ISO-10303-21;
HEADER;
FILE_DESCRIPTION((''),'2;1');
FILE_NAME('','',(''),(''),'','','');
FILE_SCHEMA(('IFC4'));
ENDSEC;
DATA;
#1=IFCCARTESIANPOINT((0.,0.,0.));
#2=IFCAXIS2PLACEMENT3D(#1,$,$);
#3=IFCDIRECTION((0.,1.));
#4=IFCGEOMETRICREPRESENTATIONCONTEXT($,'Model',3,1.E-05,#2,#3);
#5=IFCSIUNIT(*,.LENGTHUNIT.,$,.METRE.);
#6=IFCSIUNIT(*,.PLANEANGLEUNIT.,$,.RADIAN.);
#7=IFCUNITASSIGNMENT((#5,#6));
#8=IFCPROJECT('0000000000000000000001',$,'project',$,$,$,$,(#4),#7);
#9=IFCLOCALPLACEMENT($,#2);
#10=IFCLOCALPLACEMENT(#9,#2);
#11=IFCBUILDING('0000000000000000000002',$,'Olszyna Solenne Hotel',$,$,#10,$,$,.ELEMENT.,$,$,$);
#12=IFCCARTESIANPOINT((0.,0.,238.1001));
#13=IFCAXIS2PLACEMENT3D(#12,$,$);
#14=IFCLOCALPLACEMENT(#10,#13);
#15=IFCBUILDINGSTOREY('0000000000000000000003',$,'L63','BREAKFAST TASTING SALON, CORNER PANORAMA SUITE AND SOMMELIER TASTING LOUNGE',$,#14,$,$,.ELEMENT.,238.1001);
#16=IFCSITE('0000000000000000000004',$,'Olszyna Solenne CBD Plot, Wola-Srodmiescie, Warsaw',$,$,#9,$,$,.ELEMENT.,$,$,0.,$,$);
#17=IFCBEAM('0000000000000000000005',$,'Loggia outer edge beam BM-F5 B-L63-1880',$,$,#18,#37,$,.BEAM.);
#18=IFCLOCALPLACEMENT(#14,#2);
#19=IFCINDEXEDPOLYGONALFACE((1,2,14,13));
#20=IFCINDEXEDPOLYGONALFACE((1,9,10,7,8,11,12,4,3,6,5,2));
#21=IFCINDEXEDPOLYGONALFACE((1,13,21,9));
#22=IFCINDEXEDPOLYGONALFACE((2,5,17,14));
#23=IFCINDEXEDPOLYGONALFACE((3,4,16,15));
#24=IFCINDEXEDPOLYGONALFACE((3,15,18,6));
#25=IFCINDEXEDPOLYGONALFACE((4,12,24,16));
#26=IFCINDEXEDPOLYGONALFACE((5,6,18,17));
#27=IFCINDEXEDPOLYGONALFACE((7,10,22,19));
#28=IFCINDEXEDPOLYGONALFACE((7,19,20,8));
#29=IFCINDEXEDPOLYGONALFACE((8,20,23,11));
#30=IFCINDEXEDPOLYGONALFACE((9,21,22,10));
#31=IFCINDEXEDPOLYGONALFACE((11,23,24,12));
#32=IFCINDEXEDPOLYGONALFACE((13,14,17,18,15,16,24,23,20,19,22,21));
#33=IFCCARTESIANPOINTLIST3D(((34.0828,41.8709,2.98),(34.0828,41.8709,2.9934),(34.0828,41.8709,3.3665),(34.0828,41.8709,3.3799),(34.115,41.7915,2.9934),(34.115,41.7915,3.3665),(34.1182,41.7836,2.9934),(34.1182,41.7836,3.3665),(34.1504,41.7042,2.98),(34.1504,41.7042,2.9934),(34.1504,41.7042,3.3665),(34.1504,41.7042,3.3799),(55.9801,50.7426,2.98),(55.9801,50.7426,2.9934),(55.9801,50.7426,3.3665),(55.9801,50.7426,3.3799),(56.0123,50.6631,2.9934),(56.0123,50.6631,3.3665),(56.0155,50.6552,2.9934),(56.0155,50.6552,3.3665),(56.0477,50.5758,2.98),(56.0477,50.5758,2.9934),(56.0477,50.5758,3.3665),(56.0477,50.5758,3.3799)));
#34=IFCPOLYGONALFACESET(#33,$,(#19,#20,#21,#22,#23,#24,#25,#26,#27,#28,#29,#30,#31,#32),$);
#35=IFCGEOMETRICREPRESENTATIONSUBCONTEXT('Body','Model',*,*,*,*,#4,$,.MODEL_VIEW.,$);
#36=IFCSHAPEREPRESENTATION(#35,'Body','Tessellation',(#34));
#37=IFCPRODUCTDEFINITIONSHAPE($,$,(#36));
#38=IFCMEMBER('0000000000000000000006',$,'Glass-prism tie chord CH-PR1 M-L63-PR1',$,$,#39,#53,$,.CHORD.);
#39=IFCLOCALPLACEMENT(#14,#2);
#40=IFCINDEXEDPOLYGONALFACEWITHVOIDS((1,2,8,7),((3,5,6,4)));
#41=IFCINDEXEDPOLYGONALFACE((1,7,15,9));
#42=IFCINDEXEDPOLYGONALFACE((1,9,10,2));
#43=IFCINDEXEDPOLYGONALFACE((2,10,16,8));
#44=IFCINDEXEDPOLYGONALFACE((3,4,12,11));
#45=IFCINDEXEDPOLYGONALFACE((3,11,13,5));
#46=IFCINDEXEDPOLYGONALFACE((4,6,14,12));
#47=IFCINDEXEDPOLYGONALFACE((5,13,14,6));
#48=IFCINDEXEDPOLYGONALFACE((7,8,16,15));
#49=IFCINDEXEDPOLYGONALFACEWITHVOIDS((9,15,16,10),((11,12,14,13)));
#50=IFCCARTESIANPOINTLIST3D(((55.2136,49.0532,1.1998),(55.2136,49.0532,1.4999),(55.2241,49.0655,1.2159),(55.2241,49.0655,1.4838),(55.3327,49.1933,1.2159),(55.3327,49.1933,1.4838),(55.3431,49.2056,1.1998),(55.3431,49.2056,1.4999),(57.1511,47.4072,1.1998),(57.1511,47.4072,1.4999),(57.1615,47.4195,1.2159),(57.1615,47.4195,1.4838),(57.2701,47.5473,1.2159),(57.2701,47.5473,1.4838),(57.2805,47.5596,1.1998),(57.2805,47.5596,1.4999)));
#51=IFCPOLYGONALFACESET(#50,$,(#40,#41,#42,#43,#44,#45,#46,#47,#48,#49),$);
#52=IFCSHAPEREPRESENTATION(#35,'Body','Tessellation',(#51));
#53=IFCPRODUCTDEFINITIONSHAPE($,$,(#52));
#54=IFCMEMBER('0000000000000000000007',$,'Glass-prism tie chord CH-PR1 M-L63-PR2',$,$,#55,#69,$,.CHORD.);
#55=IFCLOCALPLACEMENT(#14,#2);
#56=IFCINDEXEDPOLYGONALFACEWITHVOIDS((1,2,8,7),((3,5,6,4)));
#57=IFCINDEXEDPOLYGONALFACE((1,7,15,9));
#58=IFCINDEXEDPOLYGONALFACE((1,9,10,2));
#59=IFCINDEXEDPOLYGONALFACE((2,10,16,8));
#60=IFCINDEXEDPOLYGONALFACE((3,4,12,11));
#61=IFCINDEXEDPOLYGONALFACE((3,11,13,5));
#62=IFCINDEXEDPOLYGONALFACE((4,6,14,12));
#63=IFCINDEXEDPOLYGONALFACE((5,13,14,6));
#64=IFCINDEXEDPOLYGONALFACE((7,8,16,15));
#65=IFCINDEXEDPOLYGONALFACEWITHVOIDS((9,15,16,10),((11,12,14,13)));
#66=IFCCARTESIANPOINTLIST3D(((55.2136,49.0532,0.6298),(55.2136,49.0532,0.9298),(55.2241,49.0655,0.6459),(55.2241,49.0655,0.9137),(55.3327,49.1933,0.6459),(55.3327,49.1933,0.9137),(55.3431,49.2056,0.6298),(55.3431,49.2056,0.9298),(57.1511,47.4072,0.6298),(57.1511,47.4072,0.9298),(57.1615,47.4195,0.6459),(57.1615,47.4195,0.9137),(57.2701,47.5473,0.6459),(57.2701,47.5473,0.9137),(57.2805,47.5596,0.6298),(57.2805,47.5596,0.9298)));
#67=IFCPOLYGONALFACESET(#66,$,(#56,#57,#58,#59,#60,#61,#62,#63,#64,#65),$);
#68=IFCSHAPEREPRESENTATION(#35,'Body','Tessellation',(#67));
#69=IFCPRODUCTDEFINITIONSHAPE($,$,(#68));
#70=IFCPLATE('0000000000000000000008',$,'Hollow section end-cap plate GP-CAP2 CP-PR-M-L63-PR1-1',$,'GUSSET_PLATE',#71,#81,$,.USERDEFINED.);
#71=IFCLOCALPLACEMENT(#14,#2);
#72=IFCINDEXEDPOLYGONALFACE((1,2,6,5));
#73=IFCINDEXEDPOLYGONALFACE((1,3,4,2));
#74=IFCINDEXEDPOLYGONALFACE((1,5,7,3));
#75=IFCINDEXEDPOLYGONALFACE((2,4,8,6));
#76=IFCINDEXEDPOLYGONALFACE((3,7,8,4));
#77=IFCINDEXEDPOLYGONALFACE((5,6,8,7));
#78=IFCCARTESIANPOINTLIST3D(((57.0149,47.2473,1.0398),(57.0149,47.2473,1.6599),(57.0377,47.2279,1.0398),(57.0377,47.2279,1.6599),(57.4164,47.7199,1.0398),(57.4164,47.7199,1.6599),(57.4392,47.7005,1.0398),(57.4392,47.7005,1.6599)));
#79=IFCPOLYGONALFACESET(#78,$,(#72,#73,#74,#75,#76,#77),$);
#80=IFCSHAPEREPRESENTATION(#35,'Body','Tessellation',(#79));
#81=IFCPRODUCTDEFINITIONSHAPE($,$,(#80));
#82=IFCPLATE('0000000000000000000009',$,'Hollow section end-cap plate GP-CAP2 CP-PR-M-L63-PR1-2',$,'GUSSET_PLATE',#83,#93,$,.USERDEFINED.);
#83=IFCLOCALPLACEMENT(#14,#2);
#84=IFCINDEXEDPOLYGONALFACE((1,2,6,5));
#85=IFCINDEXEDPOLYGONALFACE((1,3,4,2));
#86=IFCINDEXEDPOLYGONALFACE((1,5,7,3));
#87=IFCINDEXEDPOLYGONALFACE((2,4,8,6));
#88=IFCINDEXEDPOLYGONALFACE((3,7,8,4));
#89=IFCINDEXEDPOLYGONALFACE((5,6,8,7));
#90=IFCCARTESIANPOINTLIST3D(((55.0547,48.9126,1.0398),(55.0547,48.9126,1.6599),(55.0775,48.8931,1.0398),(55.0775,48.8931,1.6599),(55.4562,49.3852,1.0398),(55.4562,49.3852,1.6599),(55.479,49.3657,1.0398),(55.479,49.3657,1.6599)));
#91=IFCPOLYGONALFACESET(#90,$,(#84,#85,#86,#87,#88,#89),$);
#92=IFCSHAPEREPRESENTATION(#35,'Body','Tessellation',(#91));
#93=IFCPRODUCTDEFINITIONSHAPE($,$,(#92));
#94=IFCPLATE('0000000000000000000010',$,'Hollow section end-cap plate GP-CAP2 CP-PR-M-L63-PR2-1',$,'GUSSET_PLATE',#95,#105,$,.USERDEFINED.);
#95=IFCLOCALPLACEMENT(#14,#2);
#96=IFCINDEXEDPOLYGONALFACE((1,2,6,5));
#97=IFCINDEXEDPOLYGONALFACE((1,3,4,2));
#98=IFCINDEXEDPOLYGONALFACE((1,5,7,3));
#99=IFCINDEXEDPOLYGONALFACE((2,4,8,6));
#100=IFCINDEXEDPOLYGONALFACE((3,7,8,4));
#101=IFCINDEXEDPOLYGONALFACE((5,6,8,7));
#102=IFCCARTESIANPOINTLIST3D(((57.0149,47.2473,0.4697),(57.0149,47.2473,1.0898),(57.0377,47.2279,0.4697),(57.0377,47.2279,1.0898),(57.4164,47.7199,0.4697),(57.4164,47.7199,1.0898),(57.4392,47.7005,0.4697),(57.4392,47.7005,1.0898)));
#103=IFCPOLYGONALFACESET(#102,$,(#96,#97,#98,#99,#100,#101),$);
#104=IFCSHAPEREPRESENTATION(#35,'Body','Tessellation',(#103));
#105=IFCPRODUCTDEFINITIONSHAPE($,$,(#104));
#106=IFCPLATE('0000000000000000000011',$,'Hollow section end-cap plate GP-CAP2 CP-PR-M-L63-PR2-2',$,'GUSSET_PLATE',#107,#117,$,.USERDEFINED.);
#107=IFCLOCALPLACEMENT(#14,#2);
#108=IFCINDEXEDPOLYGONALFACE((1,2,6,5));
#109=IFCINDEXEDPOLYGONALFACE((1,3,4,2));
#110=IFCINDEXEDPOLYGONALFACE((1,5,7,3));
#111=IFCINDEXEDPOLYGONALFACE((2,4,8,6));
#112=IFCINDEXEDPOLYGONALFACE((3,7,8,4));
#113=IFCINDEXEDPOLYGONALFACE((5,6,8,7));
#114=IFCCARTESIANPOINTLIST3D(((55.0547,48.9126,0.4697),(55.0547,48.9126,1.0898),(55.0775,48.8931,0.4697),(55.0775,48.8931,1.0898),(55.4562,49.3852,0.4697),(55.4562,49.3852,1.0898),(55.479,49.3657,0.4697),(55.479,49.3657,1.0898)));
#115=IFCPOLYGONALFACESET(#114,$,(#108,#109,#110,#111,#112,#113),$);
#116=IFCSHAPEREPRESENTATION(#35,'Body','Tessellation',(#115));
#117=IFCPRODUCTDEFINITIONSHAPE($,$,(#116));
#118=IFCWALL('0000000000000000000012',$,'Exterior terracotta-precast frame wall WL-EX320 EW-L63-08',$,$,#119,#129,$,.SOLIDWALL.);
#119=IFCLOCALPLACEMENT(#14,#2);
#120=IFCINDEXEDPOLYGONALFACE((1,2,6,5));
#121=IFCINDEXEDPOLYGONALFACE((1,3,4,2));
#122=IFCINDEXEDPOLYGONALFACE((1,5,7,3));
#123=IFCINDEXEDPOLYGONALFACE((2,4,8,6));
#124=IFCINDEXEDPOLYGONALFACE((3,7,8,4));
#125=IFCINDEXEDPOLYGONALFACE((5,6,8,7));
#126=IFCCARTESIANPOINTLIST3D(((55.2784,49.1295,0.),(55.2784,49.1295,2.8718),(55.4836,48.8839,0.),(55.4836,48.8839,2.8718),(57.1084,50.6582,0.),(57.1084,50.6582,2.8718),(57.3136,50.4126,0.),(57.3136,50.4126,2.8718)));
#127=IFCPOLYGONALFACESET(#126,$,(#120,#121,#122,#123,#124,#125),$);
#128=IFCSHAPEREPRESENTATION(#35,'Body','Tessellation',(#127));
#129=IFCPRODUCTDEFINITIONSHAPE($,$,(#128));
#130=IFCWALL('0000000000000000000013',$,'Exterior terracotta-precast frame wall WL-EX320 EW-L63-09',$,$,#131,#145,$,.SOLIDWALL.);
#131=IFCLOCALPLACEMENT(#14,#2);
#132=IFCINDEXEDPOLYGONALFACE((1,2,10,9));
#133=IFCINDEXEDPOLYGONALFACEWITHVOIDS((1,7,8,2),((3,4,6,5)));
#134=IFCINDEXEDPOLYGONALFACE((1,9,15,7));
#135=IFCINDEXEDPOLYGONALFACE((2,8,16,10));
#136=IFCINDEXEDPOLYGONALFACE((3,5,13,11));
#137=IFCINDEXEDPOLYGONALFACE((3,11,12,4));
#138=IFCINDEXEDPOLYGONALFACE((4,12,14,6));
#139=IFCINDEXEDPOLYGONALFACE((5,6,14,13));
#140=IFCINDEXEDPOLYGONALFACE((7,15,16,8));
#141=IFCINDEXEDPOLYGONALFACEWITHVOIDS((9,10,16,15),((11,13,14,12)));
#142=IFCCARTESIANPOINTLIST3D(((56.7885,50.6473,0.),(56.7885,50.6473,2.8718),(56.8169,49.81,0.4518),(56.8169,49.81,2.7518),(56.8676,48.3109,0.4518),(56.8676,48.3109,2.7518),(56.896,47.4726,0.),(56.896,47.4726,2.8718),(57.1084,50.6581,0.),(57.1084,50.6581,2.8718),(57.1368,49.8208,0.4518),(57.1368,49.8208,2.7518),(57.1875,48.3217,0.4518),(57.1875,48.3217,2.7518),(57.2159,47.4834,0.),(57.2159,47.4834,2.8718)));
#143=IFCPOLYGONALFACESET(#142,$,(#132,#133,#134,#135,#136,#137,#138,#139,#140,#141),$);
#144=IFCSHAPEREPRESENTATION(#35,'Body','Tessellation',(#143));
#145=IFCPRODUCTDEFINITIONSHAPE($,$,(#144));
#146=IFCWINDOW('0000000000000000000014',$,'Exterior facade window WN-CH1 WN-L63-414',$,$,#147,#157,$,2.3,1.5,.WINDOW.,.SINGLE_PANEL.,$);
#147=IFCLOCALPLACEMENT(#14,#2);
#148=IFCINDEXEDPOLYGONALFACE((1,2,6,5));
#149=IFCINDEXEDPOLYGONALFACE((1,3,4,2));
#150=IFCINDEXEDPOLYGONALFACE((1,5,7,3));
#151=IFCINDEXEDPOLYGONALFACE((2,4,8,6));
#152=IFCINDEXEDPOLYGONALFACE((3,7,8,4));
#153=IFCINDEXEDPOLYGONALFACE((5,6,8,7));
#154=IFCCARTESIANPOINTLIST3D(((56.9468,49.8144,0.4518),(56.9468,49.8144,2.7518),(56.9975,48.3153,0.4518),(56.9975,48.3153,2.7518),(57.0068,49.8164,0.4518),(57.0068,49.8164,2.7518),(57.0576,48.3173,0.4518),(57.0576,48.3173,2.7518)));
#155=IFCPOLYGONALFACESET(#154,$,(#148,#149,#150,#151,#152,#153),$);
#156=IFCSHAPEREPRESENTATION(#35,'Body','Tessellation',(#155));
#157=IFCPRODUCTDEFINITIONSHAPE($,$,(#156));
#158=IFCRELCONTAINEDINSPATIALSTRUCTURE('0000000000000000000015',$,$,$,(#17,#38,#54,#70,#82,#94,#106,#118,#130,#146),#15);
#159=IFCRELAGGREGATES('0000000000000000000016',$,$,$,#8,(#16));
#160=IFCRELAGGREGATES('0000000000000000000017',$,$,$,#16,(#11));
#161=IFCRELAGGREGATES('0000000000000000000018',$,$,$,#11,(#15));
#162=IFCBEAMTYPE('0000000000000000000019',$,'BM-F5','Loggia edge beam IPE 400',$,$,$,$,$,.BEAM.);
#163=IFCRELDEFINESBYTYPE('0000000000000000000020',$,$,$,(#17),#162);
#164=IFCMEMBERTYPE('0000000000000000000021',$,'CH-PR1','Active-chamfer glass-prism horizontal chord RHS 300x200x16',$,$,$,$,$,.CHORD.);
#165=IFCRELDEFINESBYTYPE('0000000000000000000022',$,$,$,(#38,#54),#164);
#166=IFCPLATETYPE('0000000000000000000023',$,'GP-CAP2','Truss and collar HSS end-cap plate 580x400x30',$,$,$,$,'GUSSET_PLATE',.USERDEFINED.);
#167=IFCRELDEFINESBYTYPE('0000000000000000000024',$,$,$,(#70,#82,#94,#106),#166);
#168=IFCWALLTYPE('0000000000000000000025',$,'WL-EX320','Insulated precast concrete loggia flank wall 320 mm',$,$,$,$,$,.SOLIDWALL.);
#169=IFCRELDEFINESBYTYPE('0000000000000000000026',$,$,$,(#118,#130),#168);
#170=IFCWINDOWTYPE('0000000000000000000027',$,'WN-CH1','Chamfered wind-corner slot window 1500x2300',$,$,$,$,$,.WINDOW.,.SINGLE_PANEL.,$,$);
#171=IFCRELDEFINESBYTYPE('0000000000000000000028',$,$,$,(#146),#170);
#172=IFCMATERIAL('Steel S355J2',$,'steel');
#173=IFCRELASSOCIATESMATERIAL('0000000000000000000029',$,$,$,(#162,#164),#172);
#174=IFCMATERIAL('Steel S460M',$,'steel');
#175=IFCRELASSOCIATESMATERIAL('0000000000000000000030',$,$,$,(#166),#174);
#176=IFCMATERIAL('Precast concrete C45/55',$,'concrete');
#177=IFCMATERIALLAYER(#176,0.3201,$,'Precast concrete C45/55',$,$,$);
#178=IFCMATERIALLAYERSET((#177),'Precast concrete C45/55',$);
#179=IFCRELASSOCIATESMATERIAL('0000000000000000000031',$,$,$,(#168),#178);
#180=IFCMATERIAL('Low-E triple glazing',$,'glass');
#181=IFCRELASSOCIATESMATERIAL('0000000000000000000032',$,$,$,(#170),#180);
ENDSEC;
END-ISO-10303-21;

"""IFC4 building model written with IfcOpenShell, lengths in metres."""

from ifc_helpers import new_model, si_unit, direction, frame, frame_2d, origin, origin_2d, place, context, subcontext, project, spatial, rectangle, hollow_rectangle, i_section, extrude, source, transform, mapped, material, layer, layer_set, material_profile, profile_set, type_object, type_shapes, element, fill, save


model = new_model("IFC4")

# Units and contexts
model_context = context("Model", 3, precision=1e-05, world=origin(), true_north=direction((0.0, 1.0)))
body_context = subcontext(model_context, "Body", "Model", "MODEL_VIEW")
ifc_project = project(units=[si_unit("LENGTHUNIT", "METRE"), si_unit("PLANEANGLEUNIT", "RADIAN")], contexts=[model_context])

# Site, building, storey
site_placement = place(None, origin())
site = spatial("IfcSite", under=ifc_project, at=site_placement, Name="Olszyna Solenne CBD Plot, Wola-Srodmiescie, Warsaw", CompositionType="ELEMENT", RefElevation=0.0)
building_placement = place(site_placement, origin())
building = spatial("IfcBuilding", under=site, at=building_placement, Name="Olszyna Solenne Hotel", CompositionType="ELEMENT")
storey_placement = place(building_placement, frame((0.0, 0.0, 238.1001)))
storey = spatial("IfcBuildingStorey", under=building, at=storey_placement, Name="L63", Description="BREAKFAST TASTING SALON, CORNER PANORAMA SUITE AND SOMMELIER TASTING LOUNGE", CompositionType="ELEMENT", Elevation=238.1001)

# Shared definitions
ifc_material_1 = material(Name="Steel S460M", Category="steel")

# Beam
ifc_material_2 = material(Name="Steel S355J2", Category="steel")
ifc_material_profile_1 = material_profile(ifc_material_2, i_section(OverallWidth=0.1799, OverallDepth=0.3999, WebThickness=0.0085, FlangeThickness=0.0134, at=origin_2d()), Name="IPE 400", Category="load-bearing")
ifc_profile_set_1 = profile_set([ifc_material_profile_1], Name="Steel S355J2")
beam_type_1 = type_object("IfcBeamType", Name="BM-F5", Description="Loggia edge beam IPE 400", PredefinedType="BEAM", material=ifc_profile_set_1)
shared_shape_1 = source(origin(), body_context, "Body", "SweptSolid", [
    extrude(i_section(OverallWidth=0.1799, OverallDepth=0.3999, WebThickness=0.0085, FlangeThickness=0.0134, at=origin_2d()), origin(), (0.0, 0.0, 1.0), 23.6262),
])
beam_1_placement = place(storey_placement, frame((56.0139, 50.6592, 3.1799), z_axis=(-0.926823, -0.375499, 0.0), x_axis=(0.375499, -0.926823, 0.0)))
element("IfcBeam", 1, at=beam_1_placement, inside=storey, type_object=beam_type_1, Name="Loggia outer edge beam BM-F5 B-L63-1880", PredefinedType="BEAM", context=body_context, shape_type="MappedRepresentation", body=[
    mapped(shared_shape_1, transform((0.0, 0.0, 0.0), x_axis=(1.0, 0.0, 0.0), y_axis=(0.0, 1.0, 0.0), z_axis=(0.0, 0.0, 1.0), scale=1.0)),
])

# Members
ifc_material_profile_2 = material_profile(ifc_material_2, hollow_rectangle(XDim=0.2, YDim=0.3, WallThickness=0.0161, at=origin_2d()), Name="RHS 300x200x16", Category="load-bearing")
ifc_profile_set_2 = profile_set([ifc_material_profile_2], Name="Steel S355J2")
member_type = type_object("IfcMemberType", Name="CH-PR1", Description="Active-chamfer glass-prism horizontal chord RHS 300x200x16", PredefinedType="CHORD", material=ifc_profile_set_2)
shared_shape_2 = source(origin(), body_context, "Body", "SweptSolid", [
    extrude(hollow_rectangle(XDim=0.2, YDim=0.3, WallThickness=0.0161, at=origin_2d()), origin(), (0.0, 0.0, 1.0), 2.5422),
])
for number, where, z_axis, x_axis, name in (
    (2, (57.2158, 47.4834, 1.3499), (-0.76211, 0.647448, 0.0), (-0.647448, -0.76211, 0.0), "Glass-prism tie chord CH-PR1 M-L63-PR1"),
    (3, (57.2158, 47.4834, 0.7798), (-0.76211, 0.647448, 0.0), (-0.647448, -0.76211, 0.0), "Glass-prism tie chord CH-PR1 M-L63-PR2"),
):
    element("IfcMember", number, at=place(storey_placement, frame(where, z_axis=z_axis, x_axis=x_axis)), inside=storey, type_object=member_type, Name=name, PredefinedType="CHORD", context=body_context, shape_type="MappedRepresentation", body=[
        mapped(shared_shape_2, transform((0.0, 0.0, 0.0), x_axis=(1.0, 0.0, 0.0), y_axis=(0.0, 1.0, 0.0), z_axis=(0.0, 0.0, 1.0), scale=1.0)),
    ])

# Plates
plate_type = type_object("IfcPlateType", Name="GP-CAP2", Description="Truss and collar HSS end-cap plate 580x400x30", ElementType="GUSSET_PLATE", PredefinedType="USERDEFINED", material=ifc_material_1)
shared_shape_3 = source(origin(), body_context, "Body", "SweptSolid", [
    extrude(rectangle(XDim=0.03, YDim=0.6201, at=origin_2d()), origin(), (0.0, 0.0, 1.0), 0.6201),
])
for number, where, z_axis, x_axis, name in (
    (4, (57.2271, 47.4739, 1.0398), (0.0, 0.0, 1.0), (-0.762104, 0.647455, 0.0), "Hollow section end-cap plate GP-CAP2 CP-PR-M-L63-PR1-1"),
    (5, (55.2668, 49.1392, 1.0398), (0.0, 0.0, 1.0), (-0.762104, 0.647455, 0.0), "Hollow section end-cap plate GP-CAP2 CP-PR-M-L63-PR1-2"),
    (6, (57.2271, 47.4739, 0.4697), (0.0, 0.0, 1.0), (-0.762104, 0.647455, 0.0), "Hollow section end-cap plate GP-CAP2 CP-PR-M-L63-PR2-1"),
    (7, (55.2668, 49.1392, 0.4697), (0.0, 0.0, 1.0), (-0.762104, 0.647455, 0.0), "Hollow section end-cap plate GP-CAP2 CP-PR-M-L63-PR2-2"),
):
    element("IfcPlate", number, at=place(storey_placement, frame(where, z_axis=z_axis, x_axis=x_axis)), inside=storey, type_object=plate_type, Name=name, ObjectType="GUSSET_PLATE", PredefinedType="USERDEFINED", context=body_context, shape_type="MappedRepresentation", body=[
        mapped(shared_shape_3, transform((0.0, 0.0, 0.0), x_axis=(1.0, 0.0, 0.0), y_axis=(0.0, 1.0, 0.0), z_axis=(0.0, 0.0, 1.0), scale=1.0)),
    ])

# Wall
ifc_material_3 = material(Name="Precast concrete C45/55", Category="concrete")
ifc_layer_1 = layer(ifc_material_3, 0.3201, Name="Precast concrete C45/55")
ifc_layer_set_1 = layer_set([ifc_layer_1], Name="Precast concrete C45/55")
wall_type_1 = type_object("IfcWallType", Name="WL-EX320", Description="Insulated precast concrete loggia flank wall 320 mm", PredefinedType="SOLIDWALL", material=ifc_layer_set_1)
wall_1_placement = place(storey_placement, frame((55.3809, 49.0066, 0.0), z_axis=(0.0, 0.0, 1.0), x_axis=(0.767449, 0.64111, 0.0)))
element("IfcWall", 8, at=wall_1_placement, inside=storey, type_object=wall_type_1, Name="Exterior terracotta-precast frame wall WL-EX320 EW-L63-08", PredefinedType="SOLIDWALL", context=body_context, shape_type="SweptSolid", body=[
    extrude(rectangle(XDim=2.3845, YDim=0.3201, at=frame_2d((1.1924, 0.0))), origin(), (0.0, 0.0, 1.0), 2.8718),
])

# Wall, opening, window
wall_2_placement = place(storey_placement, frame((56.9485, 50.6528, 0.0), z_axis=(0.0, 0.0, 1.0), x_axis=(0.033816, -0.999428, 0.0)))
wall_2 = element("IfcWall", 9, at=wall_2_placement, inside=storey, type_object=wall_type_1, Name="Exterior terracotta-precast frame wall WL-EX320 EW-L63-09", PredefinedType="SOLIDWALL", context=body_context, shape_type="SweptSolid", body=[
    extrude(rectangle(XDim=3.1765, YDim=0.3201, at=frame_2d((1.5884, 0.0))), origin(), (0.0, 0.0, 1.0), 2.8718),
])
opening_1_placement = place(wall_2_placement, frame((0.8379, 0.0, 0.4519)))
opening_1 = element("IfcOpeningElement", 10, at=opening_1_placement, cuts=wall_2, PredefinedType="OPENING", context=body_context, shape_type="SweptSolid", body=[
    extrude(rectangle(XDim=1.5, YDim=2.3, at=frame_2d((0.75, 1.1499))), frame((0.0, 0.1699, 0.0), z_axis=(0.0, -1.0, 0.0), x_axis=(1.0, 0.0, 0.0)), (0.0, 0.0, 1.0), 0.3401),
])
ifc_material_4 = material(Name="Low-E triple glazing", Category="glass")
window_type_1 = type_object("IfcWindowType", Name="WN-CH1", Description="Chamfered wind-corner slot window 1500x2300", PartitioningType="SINGLE_PANEL", PredefinedType="WINDOW", material=ifc_material_4)
shared_shape_4 = source(origin(), body_context, "Body", "SweptSolid", [
    extrude(rectangle(XDim=1.5, YDim=2.3, at=frame_2d((0.75, 1.1499))), frame((0.0, 0.03, 0.0), z_axis=(0.0, -1.0, 0.0), x_axis=(1.0, 0.0, 0.0)), (0.0, 0.0, 1.0), 0.0601),
])
type_shapes(window_type_1, [shared_shape_4])
window_1_placement = place(opening_1_placement, origin())
window_1 = element("IfcWindow", 11, at=window_1_placement, inside=storey, type_object=window_type_1, Name="Exterior facade window WN-CH1 WN-L63-414", OverallHeight=2.3, OverallWidth=1.5, PartitioningType="SINGLE_PANEL", PredefinedType="WINDOW", context=body_context, shape_type="MappedRepresentation", body=[
    mapped(shared_shape_4, transform((0.0, 0.0, 0.0), x_axis=(1.0, 0.0, 0.0), y_axis=(0.0, 1.0, 0.0), z_axis=(0.0, 0.0, 1.0), scale=1.0)),
])
fill(opening_1, window_1)

save(model, "model.ifc")
